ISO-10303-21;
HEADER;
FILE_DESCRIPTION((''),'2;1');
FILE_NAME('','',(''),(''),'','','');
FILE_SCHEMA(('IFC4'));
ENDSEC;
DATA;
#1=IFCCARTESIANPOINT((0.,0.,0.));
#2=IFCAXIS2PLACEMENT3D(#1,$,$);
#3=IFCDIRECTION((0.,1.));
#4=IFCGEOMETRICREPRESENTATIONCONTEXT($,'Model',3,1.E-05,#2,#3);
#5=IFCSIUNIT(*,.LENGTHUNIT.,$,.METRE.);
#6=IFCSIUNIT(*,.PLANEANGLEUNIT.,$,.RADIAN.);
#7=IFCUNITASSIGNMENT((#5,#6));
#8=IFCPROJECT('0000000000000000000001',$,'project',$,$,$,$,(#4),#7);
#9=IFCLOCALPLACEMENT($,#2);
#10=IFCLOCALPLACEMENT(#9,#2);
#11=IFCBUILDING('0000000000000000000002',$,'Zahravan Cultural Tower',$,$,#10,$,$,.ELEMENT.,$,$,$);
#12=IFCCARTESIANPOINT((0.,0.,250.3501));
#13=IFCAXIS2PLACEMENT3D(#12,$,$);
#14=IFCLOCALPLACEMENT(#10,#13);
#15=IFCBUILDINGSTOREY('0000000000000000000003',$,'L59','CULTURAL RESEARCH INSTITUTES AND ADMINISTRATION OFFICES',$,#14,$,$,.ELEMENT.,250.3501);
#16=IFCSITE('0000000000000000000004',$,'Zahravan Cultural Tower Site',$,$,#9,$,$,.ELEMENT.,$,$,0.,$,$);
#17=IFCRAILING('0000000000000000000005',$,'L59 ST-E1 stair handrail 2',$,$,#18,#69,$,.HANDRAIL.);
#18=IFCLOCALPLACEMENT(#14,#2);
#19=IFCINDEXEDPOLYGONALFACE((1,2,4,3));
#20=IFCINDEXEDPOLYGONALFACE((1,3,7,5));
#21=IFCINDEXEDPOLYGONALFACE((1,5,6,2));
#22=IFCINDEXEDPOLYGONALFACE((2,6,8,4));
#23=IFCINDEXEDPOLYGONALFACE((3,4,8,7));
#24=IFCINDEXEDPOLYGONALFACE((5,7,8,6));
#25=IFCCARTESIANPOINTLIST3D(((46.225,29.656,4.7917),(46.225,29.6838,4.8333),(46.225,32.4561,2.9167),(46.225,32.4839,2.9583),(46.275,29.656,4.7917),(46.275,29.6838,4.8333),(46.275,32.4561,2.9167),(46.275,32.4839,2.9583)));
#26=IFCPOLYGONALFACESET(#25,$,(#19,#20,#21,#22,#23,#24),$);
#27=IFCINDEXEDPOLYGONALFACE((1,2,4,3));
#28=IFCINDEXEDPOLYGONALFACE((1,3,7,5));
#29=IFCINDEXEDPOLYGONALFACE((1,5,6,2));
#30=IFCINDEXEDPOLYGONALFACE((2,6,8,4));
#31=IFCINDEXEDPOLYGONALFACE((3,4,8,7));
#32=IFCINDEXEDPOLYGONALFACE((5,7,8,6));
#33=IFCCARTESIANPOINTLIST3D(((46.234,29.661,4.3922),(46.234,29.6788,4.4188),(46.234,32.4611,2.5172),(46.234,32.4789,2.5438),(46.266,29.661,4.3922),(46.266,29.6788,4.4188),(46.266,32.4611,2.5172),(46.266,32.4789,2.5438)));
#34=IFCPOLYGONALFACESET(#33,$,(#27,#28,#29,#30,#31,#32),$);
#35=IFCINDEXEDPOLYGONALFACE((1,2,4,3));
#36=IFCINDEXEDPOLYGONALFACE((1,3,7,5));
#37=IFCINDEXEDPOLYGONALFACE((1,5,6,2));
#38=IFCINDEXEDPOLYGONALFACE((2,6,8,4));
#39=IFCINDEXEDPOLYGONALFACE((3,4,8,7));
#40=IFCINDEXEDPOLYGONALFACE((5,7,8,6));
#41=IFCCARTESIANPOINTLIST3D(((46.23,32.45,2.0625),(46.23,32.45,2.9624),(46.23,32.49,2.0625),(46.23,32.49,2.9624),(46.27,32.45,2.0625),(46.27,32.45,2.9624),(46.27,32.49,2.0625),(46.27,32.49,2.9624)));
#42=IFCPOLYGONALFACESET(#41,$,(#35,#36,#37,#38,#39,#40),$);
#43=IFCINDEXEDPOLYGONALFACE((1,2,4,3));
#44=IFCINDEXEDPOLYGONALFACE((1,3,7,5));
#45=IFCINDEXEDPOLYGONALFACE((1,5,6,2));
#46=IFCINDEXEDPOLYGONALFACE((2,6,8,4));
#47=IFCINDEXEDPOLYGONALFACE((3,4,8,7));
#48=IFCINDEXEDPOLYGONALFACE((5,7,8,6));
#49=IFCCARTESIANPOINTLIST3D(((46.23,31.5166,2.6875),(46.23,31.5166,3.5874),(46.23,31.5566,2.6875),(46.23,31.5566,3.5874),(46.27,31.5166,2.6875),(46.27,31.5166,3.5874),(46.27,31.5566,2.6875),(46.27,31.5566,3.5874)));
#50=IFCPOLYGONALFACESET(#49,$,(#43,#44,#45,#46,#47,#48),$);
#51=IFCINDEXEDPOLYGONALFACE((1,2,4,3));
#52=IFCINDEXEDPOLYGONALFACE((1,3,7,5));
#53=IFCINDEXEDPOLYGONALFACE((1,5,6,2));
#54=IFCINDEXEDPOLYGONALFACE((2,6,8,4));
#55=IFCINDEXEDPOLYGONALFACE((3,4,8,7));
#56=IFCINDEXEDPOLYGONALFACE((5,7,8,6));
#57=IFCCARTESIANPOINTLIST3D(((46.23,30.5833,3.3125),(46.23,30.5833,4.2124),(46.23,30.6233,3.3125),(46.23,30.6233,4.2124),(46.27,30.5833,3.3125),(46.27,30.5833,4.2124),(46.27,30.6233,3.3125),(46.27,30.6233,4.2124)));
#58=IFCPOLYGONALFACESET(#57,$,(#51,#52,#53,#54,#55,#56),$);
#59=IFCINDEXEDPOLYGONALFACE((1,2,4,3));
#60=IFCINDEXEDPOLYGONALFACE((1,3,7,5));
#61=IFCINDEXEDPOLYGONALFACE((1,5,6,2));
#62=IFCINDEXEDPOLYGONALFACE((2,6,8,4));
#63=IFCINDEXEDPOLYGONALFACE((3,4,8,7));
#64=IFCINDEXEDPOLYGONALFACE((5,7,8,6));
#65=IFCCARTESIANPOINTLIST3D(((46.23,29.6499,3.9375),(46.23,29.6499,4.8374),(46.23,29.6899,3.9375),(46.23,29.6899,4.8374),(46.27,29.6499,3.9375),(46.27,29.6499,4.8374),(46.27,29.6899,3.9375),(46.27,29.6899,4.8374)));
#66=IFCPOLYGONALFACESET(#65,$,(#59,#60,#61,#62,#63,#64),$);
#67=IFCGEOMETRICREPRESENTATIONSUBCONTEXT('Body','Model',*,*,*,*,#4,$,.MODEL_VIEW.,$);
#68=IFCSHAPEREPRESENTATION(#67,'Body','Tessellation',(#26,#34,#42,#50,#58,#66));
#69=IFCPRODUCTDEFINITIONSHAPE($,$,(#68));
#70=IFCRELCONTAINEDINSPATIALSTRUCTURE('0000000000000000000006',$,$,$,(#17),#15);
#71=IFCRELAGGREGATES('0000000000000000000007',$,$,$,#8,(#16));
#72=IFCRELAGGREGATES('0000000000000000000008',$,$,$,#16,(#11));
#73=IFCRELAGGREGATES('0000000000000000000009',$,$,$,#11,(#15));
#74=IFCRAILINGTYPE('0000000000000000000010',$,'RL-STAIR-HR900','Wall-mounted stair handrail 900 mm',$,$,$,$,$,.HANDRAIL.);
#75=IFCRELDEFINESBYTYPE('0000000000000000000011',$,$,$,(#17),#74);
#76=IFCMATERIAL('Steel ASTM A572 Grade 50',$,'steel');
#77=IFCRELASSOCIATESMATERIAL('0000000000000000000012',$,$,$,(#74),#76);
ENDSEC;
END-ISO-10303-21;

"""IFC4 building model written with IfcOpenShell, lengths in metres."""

from ifc_helpers import new_model, si_unit, direction, frame, origin, origin_2d, place, context, subcontext, project, spatial, rectangle, extrude, material, type_object, element, save


model = new_model("IFC4")

# Units and contexts
model_context = context("Model", 3, precision=1e-05, world=origin(), true_north=direction((0.0, 1.0)))
body_context = subcontext(model_context, "Body", "Model", "MODEL_VIEW")
ifc_project = project(units=[si_unit("LENGTHUNIT", "METRE"), si_unit("PLANEANGLEUNIT", "RADIAN")], contexts=[model_context])

# Site, building, storey
site_placement = place(None, origin())
site = spatial("IfcSite", under=ifc_project, at=site_placement, Name="Zahravan Cultural Tower Site", CompositionType="ELEMENT", RefElevation=0.0)
building_placement = place(site_placement, origin())
building = spatial("IfcBuilding", under=site, at=building_placement, Name="Zahravan Cultural Tower", CompositionType="ELEMENT")
storey_placement = place(building_placement, frame((0.0, 0.0, 250.3501)))
storey = spatial("IfcBuildingStorey", under=building, at=storey_placement, Name="L59", Description="CULTURAL RESEARCH INSTITUTES AND ADMINISTRATION OFFICES", CompositionType="ELEMENT", Elevation=250.3501)

# Shared definitions
ifc_material_1 = material(Name="Steel ASTM A572 Grade 50", Category="steel")

# Railing
railing_type_1 = type_object("IfcRailingType", Name="RL-STAIR-HR900", Description="Wall-mounted stair handrail 900 mm", PredefinedType="HANDRAIL", material=ifc_material_1)
railing_1_placement = place(storey_placement, frame((46.25, 32.47, 2.0625)))
element("IfcRailing", 1, at=railing_1_placement, inside=storey, type_object=railing_type_1, Name="L59 ST-E1 stair handrail 2", PredefinedType="HANDRAIL", context=body_context, shape_type="SweptSolid", body=[
    extrude(rectangle(XDim=0.05, YDim=0.05, at=origin_2d()), frame((0.0, 0.0, 0.875), z_axis=(0.0, -0.830912, 0.556404), x_axis=(1.0, 0.0, 0.0)), (0.0, 0.0, 1.0), 3.3699),
    extrude(rectangle(XDim=0.032, YDim=0.032, at=origin_2d()), frame((0.0, 0.0, 0.468), z_axis=(0.0, -0.830912, 0.556404), x_axis=(1.0, 0.0, 0.0)), (0.0, 0.0, 1.0), 3.3699),
    extrude(rectangle(XDim=0.04, YDim=0.04, at=origin_2d()), origin(), (0.0, 0.0, 1.0), 0.8999),
    extrude(rectangle(XDim=0.04, YDim=0.04, at=origin_2d()), frame((0.0, -0.9333, 0.625)), (0.0, 0.0, 1.0), 0.8999),
    extrude(rectangle(XDim=0.04, YDim=0.04, at=origin_2d()), frame((0.0, -1.8667, 1.25)), (0.0, 0.0, 1.0), 0.8999),
    extrude(rectangle(XDim=0.04, YDim=0.04, at=origin_2d()), frame((0.0, -2.8, 1.875)), (0.0, 0.0, 1.0), 0.8999),
])

save(model, "model.ifc")
